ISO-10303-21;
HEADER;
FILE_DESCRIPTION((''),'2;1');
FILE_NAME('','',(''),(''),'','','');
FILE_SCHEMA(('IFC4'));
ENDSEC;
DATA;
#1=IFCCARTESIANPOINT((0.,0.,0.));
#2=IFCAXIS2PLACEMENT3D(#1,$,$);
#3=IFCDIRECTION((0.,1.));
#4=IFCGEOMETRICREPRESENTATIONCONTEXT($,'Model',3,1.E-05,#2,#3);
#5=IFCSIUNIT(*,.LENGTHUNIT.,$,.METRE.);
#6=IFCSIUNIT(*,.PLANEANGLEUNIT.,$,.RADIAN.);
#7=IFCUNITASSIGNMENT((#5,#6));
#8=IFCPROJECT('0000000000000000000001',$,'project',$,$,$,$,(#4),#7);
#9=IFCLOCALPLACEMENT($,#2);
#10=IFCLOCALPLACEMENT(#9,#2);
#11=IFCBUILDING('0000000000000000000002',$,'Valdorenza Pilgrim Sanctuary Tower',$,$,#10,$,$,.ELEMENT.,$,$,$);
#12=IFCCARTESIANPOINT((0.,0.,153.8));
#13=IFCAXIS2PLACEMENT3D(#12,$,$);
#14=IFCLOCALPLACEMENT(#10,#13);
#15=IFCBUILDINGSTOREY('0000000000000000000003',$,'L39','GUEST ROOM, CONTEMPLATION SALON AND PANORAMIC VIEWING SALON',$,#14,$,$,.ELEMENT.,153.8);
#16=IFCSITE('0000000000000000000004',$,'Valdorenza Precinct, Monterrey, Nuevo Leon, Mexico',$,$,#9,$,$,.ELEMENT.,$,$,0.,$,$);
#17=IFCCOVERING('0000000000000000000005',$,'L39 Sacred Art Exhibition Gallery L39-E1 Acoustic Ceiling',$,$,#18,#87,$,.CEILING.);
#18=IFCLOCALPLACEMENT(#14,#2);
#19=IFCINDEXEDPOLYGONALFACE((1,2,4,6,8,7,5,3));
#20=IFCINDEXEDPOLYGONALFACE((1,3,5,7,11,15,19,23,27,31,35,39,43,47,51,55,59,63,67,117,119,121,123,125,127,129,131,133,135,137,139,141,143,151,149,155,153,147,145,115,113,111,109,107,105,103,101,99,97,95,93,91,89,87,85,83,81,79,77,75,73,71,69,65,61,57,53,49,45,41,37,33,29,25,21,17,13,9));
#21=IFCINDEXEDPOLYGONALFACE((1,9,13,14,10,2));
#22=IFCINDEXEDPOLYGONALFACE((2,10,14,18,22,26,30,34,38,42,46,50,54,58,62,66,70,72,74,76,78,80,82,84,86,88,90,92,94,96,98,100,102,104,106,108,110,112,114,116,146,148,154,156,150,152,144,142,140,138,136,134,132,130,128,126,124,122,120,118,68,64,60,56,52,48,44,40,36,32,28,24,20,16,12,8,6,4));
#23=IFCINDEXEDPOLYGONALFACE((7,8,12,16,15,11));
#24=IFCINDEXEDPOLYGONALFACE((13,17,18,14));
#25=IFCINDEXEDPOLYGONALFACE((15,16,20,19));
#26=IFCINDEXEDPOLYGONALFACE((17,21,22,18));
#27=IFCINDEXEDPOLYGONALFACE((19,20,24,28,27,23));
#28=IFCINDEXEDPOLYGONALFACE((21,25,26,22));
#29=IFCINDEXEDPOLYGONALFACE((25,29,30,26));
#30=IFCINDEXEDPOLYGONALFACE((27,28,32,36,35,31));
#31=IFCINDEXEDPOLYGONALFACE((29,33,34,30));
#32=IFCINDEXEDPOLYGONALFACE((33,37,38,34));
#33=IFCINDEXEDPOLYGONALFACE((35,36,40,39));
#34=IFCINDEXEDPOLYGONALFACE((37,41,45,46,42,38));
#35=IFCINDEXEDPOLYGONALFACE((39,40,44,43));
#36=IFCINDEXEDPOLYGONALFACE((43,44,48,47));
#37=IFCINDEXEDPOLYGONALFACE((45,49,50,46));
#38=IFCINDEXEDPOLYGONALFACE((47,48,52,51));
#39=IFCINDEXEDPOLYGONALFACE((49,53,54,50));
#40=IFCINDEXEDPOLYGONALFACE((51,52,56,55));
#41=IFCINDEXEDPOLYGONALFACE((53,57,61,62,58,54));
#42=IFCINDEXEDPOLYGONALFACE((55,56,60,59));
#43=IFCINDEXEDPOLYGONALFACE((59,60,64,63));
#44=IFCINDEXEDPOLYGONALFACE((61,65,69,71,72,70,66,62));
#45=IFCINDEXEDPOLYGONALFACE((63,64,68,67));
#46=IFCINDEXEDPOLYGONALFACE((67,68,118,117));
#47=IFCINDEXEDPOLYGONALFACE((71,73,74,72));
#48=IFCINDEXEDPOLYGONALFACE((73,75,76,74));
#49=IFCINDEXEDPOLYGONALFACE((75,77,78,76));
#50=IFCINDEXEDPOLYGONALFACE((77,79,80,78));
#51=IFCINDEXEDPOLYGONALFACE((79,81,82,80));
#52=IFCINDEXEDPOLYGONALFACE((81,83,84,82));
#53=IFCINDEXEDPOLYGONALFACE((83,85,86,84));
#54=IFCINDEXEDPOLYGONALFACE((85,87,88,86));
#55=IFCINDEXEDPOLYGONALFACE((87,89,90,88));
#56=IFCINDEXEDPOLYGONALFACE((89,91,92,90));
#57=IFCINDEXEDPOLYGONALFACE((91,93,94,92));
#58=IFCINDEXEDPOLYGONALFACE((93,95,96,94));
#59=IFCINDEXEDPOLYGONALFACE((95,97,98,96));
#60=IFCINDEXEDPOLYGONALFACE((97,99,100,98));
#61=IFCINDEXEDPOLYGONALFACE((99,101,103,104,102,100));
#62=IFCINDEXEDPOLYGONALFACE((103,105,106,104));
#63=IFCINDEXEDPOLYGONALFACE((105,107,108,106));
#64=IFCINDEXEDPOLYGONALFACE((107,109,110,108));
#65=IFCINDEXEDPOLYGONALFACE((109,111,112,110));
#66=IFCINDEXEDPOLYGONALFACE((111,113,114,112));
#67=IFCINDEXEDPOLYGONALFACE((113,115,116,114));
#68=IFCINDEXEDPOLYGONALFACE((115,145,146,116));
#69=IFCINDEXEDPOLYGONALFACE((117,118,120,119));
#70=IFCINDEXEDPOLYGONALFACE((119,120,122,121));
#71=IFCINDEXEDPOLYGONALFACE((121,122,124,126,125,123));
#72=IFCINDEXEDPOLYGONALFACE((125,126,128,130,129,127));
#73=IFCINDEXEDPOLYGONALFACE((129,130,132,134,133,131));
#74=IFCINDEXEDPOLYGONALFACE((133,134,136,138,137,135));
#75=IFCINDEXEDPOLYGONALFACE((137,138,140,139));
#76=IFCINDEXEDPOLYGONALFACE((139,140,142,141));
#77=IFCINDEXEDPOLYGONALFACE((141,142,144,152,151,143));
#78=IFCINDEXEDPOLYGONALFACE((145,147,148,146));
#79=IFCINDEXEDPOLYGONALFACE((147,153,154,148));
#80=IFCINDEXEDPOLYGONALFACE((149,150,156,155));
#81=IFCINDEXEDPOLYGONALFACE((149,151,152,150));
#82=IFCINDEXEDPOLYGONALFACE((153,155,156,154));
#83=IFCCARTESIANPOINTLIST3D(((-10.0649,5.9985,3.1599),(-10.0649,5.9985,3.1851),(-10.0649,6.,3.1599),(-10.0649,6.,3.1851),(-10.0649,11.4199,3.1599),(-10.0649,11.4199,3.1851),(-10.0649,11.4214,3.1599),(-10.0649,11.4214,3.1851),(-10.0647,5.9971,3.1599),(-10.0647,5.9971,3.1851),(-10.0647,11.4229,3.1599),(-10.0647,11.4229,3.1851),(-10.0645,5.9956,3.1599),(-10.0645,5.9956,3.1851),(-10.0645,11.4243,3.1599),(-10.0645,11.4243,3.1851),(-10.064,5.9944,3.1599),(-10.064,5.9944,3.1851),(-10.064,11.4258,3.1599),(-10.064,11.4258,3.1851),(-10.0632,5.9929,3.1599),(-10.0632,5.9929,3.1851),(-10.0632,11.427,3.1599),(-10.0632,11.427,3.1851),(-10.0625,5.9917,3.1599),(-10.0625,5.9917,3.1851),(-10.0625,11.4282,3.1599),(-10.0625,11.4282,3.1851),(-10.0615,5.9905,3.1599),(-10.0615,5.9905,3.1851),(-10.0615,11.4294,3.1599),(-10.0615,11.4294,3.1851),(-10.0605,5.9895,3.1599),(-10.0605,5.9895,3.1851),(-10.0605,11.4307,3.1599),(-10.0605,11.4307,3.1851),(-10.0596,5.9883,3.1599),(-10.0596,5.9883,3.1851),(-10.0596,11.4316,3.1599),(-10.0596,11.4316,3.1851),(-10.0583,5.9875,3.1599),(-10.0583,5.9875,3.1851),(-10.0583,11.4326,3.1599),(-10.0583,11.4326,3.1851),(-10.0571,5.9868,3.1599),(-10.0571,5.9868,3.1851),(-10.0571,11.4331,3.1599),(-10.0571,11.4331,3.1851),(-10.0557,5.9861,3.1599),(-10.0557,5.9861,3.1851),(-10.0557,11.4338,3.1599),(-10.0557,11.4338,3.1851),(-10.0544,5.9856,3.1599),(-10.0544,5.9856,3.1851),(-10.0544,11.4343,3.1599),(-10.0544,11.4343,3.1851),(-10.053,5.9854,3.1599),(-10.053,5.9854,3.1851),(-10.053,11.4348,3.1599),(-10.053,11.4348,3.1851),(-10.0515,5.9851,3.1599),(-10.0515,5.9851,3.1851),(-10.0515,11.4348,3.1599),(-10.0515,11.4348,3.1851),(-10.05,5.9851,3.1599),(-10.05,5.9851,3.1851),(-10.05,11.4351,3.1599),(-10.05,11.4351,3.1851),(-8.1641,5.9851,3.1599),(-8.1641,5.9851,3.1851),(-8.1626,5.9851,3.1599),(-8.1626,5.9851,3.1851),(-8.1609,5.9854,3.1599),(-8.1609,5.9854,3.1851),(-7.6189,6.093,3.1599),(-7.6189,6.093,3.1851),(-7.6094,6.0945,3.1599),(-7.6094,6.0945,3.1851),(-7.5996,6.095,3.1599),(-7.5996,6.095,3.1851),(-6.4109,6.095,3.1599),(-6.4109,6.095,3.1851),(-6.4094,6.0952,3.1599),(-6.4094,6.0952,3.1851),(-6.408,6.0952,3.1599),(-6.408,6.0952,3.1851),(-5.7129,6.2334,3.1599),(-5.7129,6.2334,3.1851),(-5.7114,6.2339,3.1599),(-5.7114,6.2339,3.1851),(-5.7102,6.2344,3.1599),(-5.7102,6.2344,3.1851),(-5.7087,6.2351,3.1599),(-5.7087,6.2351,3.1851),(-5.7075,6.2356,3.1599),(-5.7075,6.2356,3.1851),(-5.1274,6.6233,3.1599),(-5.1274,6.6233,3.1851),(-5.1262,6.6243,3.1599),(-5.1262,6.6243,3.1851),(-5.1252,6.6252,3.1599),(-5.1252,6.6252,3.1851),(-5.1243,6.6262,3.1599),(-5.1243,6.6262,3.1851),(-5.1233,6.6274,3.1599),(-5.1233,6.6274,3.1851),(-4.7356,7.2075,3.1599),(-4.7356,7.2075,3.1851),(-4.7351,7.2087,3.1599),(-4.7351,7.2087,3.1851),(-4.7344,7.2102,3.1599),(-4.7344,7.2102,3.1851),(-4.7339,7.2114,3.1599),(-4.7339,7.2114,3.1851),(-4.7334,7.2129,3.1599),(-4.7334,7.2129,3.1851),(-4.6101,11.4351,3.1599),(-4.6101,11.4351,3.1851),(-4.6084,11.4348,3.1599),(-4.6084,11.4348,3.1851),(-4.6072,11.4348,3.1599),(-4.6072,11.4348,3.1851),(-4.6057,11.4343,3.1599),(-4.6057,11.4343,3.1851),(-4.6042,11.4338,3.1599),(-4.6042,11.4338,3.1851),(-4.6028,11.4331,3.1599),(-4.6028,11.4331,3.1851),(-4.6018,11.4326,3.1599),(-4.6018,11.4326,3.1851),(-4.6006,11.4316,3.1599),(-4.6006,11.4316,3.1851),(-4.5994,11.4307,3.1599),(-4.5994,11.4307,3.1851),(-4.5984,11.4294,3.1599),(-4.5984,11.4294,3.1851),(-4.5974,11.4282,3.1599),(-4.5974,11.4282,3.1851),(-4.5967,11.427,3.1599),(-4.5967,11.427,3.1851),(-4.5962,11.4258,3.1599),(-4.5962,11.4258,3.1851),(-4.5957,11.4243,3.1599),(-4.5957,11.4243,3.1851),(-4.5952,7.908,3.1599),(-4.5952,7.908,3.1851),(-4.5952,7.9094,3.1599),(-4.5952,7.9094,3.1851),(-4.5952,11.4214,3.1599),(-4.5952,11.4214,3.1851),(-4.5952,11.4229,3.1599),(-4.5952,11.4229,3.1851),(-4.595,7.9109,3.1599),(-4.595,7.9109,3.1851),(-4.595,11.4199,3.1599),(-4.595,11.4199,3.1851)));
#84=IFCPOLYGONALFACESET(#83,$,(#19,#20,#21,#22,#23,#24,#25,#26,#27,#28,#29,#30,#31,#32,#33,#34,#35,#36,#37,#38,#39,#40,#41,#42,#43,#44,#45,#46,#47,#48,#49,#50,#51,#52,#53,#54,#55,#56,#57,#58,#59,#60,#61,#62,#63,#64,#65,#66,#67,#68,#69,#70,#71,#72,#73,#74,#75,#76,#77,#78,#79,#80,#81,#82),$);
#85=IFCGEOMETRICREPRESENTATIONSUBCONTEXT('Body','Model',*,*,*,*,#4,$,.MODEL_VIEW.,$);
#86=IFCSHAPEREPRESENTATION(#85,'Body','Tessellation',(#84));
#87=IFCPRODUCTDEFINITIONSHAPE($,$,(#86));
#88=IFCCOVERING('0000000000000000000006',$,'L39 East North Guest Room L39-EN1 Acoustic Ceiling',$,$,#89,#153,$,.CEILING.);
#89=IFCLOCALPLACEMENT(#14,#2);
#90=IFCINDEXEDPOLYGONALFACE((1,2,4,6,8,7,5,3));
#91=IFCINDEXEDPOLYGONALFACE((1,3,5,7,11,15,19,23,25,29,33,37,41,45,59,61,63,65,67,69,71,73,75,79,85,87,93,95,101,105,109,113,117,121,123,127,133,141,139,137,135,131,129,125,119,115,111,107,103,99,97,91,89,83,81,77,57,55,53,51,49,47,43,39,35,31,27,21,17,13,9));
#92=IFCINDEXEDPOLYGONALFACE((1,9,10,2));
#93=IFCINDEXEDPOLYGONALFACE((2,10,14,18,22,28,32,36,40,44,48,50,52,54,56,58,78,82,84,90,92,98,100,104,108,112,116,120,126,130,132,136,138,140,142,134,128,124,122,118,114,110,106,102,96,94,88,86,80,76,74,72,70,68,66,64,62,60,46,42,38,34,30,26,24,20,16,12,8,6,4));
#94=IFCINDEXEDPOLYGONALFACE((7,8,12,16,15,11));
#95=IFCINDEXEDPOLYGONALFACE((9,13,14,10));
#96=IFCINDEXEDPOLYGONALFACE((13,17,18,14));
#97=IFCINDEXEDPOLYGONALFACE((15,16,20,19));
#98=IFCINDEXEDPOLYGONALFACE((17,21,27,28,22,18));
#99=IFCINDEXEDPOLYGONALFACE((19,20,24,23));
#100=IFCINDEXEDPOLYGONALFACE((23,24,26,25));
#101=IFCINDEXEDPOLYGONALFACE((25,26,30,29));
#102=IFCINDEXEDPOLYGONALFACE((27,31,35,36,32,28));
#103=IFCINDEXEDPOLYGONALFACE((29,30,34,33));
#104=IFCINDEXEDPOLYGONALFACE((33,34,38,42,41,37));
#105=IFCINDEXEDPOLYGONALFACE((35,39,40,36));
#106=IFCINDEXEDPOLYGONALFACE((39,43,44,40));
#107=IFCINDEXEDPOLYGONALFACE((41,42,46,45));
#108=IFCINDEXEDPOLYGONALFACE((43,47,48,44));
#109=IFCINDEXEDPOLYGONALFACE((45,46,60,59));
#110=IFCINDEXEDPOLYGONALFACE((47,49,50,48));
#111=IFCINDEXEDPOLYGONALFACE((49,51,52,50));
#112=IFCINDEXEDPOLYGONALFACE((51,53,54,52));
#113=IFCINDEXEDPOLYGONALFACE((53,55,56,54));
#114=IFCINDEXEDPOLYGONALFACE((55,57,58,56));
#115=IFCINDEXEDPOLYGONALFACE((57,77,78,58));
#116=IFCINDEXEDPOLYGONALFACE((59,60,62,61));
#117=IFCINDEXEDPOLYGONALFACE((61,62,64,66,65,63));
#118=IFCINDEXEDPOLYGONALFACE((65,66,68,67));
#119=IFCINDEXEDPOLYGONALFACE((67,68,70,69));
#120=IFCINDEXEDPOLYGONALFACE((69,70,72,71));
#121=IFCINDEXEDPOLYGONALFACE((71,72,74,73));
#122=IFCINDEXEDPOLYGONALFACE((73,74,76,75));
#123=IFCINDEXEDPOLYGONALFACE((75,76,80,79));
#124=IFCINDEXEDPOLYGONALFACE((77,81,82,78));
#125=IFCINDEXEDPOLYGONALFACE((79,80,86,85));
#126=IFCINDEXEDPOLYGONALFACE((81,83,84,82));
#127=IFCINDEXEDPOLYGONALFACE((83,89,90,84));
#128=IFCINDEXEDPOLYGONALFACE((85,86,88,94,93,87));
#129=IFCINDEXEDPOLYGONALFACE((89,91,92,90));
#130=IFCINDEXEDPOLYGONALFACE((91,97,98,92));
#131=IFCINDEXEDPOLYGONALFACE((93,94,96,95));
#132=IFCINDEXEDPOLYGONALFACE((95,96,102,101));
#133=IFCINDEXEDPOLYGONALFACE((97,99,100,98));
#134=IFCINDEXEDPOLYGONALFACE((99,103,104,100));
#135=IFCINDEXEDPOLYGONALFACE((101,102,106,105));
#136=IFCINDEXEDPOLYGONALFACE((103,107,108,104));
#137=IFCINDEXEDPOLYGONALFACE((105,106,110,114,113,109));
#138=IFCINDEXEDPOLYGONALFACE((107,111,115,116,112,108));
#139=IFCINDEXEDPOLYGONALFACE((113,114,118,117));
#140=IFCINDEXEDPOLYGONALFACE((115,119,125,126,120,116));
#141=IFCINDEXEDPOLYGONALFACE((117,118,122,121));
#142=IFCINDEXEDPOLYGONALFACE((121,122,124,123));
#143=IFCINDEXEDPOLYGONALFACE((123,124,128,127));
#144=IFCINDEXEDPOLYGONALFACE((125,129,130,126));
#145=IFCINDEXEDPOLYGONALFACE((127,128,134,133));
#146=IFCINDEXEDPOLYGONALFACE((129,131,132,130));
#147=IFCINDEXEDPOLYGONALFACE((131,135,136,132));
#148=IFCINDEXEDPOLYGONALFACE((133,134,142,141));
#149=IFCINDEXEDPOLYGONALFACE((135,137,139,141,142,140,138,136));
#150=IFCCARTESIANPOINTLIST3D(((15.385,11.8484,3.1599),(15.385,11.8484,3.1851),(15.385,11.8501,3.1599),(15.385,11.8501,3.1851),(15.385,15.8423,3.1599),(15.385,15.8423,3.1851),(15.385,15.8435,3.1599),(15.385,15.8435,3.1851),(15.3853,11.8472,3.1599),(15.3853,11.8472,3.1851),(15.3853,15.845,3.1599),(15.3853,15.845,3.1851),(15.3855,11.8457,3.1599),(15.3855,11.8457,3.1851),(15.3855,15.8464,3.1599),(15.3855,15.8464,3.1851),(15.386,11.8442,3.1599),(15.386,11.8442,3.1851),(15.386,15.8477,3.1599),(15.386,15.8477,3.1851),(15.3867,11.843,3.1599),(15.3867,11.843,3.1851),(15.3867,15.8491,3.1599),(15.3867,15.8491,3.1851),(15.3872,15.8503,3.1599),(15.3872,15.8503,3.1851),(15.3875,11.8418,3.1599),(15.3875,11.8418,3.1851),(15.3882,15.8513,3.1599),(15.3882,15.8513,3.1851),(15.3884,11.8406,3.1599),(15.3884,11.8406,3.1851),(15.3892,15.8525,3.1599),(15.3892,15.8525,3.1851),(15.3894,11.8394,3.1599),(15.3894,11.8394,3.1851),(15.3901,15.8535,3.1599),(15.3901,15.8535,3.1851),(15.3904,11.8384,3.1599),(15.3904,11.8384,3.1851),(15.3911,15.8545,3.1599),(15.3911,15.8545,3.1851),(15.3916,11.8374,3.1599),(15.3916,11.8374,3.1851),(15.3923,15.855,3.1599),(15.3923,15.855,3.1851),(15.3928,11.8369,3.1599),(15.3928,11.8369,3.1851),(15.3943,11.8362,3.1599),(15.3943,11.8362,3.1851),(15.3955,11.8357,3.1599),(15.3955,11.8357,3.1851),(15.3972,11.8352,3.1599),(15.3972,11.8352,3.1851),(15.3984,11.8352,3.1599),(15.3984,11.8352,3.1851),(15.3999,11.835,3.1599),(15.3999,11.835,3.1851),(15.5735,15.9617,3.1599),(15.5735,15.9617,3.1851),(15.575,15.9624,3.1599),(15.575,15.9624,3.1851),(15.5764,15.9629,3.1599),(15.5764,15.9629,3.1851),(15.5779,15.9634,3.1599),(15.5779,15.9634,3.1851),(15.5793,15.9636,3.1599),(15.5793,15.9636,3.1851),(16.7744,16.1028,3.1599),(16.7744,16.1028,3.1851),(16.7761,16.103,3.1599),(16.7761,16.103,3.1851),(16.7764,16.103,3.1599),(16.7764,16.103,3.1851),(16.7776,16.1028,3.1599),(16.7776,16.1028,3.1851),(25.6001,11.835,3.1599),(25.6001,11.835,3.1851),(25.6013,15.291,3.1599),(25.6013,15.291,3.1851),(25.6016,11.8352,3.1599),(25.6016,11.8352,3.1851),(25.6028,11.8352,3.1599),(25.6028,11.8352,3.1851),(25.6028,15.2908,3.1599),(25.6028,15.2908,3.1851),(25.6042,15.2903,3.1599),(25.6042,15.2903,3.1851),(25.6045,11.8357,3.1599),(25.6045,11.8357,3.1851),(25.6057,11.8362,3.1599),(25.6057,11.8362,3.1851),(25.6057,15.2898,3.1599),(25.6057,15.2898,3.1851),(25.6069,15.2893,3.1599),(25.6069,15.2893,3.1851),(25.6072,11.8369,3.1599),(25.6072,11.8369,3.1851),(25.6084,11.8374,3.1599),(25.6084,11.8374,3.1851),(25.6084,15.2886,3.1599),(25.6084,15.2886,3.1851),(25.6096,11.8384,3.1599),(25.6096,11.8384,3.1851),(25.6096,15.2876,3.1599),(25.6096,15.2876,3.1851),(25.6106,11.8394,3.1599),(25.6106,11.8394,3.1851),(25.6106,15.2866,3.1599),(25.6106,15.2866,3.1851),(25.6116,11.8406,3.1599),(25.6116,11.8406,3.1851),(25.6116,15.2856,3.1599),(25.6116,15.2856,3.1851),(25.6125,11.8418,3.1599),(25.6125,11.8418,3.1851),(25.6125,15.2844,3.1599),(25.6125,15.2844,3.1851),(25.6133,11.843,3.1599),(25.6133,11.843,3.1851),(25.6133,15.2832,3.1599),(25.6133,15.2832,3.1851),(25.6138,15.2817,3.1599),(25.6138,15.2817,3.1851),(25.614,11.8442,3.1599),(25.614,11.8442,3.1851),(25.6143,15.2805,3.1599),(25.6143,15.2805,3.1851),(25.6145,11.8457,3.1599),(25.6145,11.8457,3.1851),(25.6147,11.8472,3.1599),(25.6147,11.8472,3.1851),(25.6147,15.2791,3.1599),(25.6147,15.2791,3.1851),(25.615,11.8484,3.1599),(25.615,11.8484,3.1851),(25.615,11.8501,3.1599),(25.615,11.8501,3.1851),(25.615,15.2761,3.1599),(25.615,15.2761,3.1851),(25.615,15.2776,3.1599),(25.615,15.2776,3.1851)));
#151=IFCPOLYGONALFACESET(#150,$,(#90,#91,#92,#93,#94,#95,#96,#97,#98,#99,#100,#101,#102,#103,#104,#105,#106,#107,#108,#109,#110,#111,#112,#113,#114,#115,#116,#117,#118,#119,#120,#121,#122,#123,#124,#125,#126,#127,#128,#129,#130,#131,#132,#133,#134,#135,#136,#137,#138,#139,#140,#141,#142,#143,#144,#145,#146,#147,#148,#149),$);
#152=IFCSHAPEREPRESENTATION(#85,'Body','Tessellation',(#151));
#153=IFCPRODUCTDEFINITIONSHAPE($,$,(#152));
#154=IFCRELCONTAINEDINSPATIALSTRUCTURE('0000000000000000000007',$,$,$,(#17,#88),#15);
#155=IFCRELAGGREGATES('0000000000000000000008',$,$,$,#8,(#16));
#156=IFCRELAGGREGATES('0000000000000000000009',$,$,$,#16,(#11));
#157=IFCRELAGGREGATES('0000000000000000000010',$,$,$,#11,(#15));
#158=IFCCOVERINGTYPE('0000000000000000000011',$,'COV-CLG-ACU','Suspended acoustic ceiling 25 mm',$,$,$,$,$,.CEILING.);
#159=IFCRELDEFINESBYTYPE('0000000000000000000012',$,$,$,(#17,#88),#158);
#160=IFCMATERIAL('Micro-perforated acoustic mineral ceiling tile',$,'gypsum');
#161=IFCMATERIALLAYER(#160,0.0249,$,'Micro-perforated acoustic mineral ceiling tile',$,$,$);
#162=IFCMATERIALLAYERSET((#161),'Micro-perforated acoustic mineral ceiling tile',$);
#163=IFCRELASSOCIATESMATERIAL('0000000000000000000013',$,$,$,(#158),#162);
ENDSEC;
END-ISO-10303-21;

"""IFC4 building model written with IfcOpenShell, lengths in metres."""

from ifc_helpers import new_model, si_unit, direction, frame, origin, place, context, subcontext, project, spatial, polyline, outline, extrude, material, layer, layer_set, type_object, element, save


model = new_model("IFC4")

# Units and contexts
model_context = context("Model", 3, precision=1e-05, world=origin(), true_north=direction((0.0, 1.0)))
body_context = subcontext(model_context, "Body", "Model", "MODEL_VIEW")
ifc_project = project(units=[si_unit("LENGTHUNIT", "METRE"), si_unit("PLANEANGLEUNIT", "RADIAN")], contexts=[model_context])

# Site, building, storey
site_placement = place(None, origin())
site = spatial("IfcSite", under=ifc_project, at=site_placement, Name="Valdorenza Precinct, Monterrey, Nuevo Leon, Mexico", CompositionType="ELEMENT", RefElevation=0.0)
building_placement = place(site_placement, origin())
building = spatial("IfcBuilding", under=site, at=building_placement, Name="Valdorenza Pilgrim Sanctuary Tower", CompositionType="ELEMENT")
storey_placement = place(building_placement, frame((0.0, 0.0, 153.8)))
storey = spatial("IfcBuildingStorey", under=building, at=storey_placement, Name="L39", Description="GUEST ROOM, CONTEMPLATION SALON AND PANORAMIC VIEWING SALON", CompositionType="ELEMENT", Elevation=153.8)

# Coverings
ifc_material_1 = material(Name="Micro-perforated acoustic mineral ceiling tile", Category="gypsum")
ifc_layer_1 = layer(ifc_material_1, 0.0249, Name="Micro-perforated acoustic mineral ceiling tile")
ifc_layer_set_1 = layer_set([ifc_layer_1], Name="Micro-perforated acoustic mineral ceiling tile")
covering_type_1 = type_object("IfcCoveringType", Name="COV-CLG-ACU", Description="Suspended acoustic ceiling 25 mm", PredefinedType="CEILING", material=ifc_layer_set_1)
covering_1_placement = place(storey_placement, frame((0.0, 0.0, 3.1599)))
element("IfcCovering", 1, at=covering_1_placement, inside=storey, type_object=covering_type_1, Name="L39 Sacred Art Exhibition Gallery L39-E1 Acoustic Ceiling", PredefinedType="CEILING", context=body_context, shape_type="SweptSolid", body=[
    extrude(outline(polyline([(-10.0649, 11.4199), (-10.0649, 11.4214), (-10.0647, 11.4229), (-10.0645, 11.4243), (-10.064, 11.4258), (-10.0632, 11.427), (-10.0625, 11.4282), (-10.0615, 11.4294), (-10.0605, 11.4307), (-10.0596, 11.4316), (-10.0583, 11.4326), (-10.0571, 11.4331), (-10.0557, 11.4338), (-10.0544, 11.4343), (-10.053, 11.4348), (-10.0515, 11.4348), (-10.05, 11.4351), (-4.6101, 11.4351), (-4.6084, 11.4348), (-4.6072, 11.4348), (-4.6057, 11.4343), (-4.6042, 11.4338), (-4.6028, 11.4331), (-4.6018, 11.4326), (-4.6006, 11.4316), (-4.5994, 11.4307), (-4.5984, 11.4294), (-4.5974, 11.4282), (-4.5967, 11.427), (-4.5962, 11.4258), (-4.5957, 11.4243), (-4.5952, 11.4229), (-4.5952, 11.4214), (-4.595, 11.4199), (-4.595, 7.9109), (-4.5952, 7.9094), (-4.5952, 7.908), (-4.7334, 7.2129), (-4.7339, 7.2114), (-4.7344, 7.2102), (-4.7351, 7.2087), (-4.7356, 7.2075), (-5.1233, 6.6274), (-5.1243, 6.6262), (-5.1252, 6.6252), (-5.1262, 6.6243), (-5.1274, 6.6233), (-5.7075, 6.2356), (-5.7087, 6.2351), (-5.7102, 6.2344), (-5.7114, 6.2339), (-5.7129, 6.2334), (-6.408, 6.0952), (-6.4094, 6.0952), (-6.4109, 6.095), (-7.5996, 6.095), (-7.6094, 6.0945), (-7.6189, 6.093), (-8.1609, 5.9854), (-8.1626, 5.9851), (-8.1641, 5.9851), (-10.05, 5.9851), (-10.0515, 5.9851), (-10.053, 5.9854), (-10.0544, 5.9856), (-10.0557, 5.9861), (-10.0571, 5.9868), (-10.0583, 5.9875), (-10.0596, 5.9883), (-10.0605, 5.9895), (-10.0615, 5.9905), (-10.0625, 5.9917), (-10.0632, 5.9929), (-10.064, 5.9944), (-10.0645, 5.9956), (-10.0647, 5.9971), (-10.0649, 5.9985), (-10.0649, 6.0), (-10.0649, 11.4199)])), origin(), (0.0, 0.0, 1.0), 0.0251),
])
covering_2_placement = place(storey_placement, frame((0.0, 0.0, 3.1599)))
element("IfcCovering", 2, at=covering_2_placement, inside=storey, type_object=covering_type_1, Name="L39 East North Guest Room L39-EN1 Acoustic Ceiling", PredefinedType="CEILING", context=body_context, shape_type="SweptSolid", body=[
    extrude(outline(polyline([(15.5735, 15.9617), (15.575, 15.9624), (15.5764, 15.9629), (15.5779, 15.9634), (15.5793, 15.9636), (16.7744, 16.1028), (16.7761, 16.103), (16.7764, 16.103), (16.7776, 16.1028), (25.6013, 15.291), (25.6028, 15.2908), (25.6042, 15.2903), (25.6057, 15.2898), (25.6069, 15.2893), (25.6084, 15.2886), (25.6096, 15.2876), (25.6106, 15.2866), (25.6116, 15.2856), (25.6125, 15.2844), (25.6133, 15.2832), (25.6138, 15.2817), (25.6143, 15.2805), (25.6147, 15.2791), (25.615, 15.2776), (25.615, 15.2761), (25.615, 11.8501), (25.615, 11.8484), (25.6147, 11.8472), (25.6145, 11.8457), (25.614, 11.8442), (25.6133, 11.843), (25.6125, 11.8418), (25.6116, 11.8406), (25.6106, 11.8394), (25.6096, 11.8384), (25.6084, 11.8374), (25.6072, 11.8369), (25.6057, 11.8362), (25.6045, 11.8357), (25.6028, 11.8352), (25.6016, 11.8352), (25.6001, 11.835), (15.3999, 11.835), (15.3984, 11.8352), (15.3972, 11.8352), (15.3955, 11.8357), (15.3943, 11.8362), (15.3928, 11.8369), (15.3916, 11.8374), (15.3904, 11.8384), (15.3894, 11.8394), (15.3884, 11.8406), (15.3875, 11.8418), (15.3867, 11.843), (15.386, 11.8442), (15.3855, 11.8457), (15.3853, 11.8472), (15.385, 11.8484), (15.385, 11.8501), (15.385, 15.8423), (15.385, 15.8435), (15.3853, 15.845), (15.3855, 15.8464), (15.386, 15.8477), (15.3867, 15.8491), (15.3872, 15.8503), (15.3882, 15.8513), (15.3892, 15.8525), (15.3901, 15.8535), (15.3911, 15.8545), (15.3923, 15.855), (15.5735, 15.9617)])), origin(), (0.0, 0.0, 1.0), 0.0251),
])

save(model, "model.ifc")
